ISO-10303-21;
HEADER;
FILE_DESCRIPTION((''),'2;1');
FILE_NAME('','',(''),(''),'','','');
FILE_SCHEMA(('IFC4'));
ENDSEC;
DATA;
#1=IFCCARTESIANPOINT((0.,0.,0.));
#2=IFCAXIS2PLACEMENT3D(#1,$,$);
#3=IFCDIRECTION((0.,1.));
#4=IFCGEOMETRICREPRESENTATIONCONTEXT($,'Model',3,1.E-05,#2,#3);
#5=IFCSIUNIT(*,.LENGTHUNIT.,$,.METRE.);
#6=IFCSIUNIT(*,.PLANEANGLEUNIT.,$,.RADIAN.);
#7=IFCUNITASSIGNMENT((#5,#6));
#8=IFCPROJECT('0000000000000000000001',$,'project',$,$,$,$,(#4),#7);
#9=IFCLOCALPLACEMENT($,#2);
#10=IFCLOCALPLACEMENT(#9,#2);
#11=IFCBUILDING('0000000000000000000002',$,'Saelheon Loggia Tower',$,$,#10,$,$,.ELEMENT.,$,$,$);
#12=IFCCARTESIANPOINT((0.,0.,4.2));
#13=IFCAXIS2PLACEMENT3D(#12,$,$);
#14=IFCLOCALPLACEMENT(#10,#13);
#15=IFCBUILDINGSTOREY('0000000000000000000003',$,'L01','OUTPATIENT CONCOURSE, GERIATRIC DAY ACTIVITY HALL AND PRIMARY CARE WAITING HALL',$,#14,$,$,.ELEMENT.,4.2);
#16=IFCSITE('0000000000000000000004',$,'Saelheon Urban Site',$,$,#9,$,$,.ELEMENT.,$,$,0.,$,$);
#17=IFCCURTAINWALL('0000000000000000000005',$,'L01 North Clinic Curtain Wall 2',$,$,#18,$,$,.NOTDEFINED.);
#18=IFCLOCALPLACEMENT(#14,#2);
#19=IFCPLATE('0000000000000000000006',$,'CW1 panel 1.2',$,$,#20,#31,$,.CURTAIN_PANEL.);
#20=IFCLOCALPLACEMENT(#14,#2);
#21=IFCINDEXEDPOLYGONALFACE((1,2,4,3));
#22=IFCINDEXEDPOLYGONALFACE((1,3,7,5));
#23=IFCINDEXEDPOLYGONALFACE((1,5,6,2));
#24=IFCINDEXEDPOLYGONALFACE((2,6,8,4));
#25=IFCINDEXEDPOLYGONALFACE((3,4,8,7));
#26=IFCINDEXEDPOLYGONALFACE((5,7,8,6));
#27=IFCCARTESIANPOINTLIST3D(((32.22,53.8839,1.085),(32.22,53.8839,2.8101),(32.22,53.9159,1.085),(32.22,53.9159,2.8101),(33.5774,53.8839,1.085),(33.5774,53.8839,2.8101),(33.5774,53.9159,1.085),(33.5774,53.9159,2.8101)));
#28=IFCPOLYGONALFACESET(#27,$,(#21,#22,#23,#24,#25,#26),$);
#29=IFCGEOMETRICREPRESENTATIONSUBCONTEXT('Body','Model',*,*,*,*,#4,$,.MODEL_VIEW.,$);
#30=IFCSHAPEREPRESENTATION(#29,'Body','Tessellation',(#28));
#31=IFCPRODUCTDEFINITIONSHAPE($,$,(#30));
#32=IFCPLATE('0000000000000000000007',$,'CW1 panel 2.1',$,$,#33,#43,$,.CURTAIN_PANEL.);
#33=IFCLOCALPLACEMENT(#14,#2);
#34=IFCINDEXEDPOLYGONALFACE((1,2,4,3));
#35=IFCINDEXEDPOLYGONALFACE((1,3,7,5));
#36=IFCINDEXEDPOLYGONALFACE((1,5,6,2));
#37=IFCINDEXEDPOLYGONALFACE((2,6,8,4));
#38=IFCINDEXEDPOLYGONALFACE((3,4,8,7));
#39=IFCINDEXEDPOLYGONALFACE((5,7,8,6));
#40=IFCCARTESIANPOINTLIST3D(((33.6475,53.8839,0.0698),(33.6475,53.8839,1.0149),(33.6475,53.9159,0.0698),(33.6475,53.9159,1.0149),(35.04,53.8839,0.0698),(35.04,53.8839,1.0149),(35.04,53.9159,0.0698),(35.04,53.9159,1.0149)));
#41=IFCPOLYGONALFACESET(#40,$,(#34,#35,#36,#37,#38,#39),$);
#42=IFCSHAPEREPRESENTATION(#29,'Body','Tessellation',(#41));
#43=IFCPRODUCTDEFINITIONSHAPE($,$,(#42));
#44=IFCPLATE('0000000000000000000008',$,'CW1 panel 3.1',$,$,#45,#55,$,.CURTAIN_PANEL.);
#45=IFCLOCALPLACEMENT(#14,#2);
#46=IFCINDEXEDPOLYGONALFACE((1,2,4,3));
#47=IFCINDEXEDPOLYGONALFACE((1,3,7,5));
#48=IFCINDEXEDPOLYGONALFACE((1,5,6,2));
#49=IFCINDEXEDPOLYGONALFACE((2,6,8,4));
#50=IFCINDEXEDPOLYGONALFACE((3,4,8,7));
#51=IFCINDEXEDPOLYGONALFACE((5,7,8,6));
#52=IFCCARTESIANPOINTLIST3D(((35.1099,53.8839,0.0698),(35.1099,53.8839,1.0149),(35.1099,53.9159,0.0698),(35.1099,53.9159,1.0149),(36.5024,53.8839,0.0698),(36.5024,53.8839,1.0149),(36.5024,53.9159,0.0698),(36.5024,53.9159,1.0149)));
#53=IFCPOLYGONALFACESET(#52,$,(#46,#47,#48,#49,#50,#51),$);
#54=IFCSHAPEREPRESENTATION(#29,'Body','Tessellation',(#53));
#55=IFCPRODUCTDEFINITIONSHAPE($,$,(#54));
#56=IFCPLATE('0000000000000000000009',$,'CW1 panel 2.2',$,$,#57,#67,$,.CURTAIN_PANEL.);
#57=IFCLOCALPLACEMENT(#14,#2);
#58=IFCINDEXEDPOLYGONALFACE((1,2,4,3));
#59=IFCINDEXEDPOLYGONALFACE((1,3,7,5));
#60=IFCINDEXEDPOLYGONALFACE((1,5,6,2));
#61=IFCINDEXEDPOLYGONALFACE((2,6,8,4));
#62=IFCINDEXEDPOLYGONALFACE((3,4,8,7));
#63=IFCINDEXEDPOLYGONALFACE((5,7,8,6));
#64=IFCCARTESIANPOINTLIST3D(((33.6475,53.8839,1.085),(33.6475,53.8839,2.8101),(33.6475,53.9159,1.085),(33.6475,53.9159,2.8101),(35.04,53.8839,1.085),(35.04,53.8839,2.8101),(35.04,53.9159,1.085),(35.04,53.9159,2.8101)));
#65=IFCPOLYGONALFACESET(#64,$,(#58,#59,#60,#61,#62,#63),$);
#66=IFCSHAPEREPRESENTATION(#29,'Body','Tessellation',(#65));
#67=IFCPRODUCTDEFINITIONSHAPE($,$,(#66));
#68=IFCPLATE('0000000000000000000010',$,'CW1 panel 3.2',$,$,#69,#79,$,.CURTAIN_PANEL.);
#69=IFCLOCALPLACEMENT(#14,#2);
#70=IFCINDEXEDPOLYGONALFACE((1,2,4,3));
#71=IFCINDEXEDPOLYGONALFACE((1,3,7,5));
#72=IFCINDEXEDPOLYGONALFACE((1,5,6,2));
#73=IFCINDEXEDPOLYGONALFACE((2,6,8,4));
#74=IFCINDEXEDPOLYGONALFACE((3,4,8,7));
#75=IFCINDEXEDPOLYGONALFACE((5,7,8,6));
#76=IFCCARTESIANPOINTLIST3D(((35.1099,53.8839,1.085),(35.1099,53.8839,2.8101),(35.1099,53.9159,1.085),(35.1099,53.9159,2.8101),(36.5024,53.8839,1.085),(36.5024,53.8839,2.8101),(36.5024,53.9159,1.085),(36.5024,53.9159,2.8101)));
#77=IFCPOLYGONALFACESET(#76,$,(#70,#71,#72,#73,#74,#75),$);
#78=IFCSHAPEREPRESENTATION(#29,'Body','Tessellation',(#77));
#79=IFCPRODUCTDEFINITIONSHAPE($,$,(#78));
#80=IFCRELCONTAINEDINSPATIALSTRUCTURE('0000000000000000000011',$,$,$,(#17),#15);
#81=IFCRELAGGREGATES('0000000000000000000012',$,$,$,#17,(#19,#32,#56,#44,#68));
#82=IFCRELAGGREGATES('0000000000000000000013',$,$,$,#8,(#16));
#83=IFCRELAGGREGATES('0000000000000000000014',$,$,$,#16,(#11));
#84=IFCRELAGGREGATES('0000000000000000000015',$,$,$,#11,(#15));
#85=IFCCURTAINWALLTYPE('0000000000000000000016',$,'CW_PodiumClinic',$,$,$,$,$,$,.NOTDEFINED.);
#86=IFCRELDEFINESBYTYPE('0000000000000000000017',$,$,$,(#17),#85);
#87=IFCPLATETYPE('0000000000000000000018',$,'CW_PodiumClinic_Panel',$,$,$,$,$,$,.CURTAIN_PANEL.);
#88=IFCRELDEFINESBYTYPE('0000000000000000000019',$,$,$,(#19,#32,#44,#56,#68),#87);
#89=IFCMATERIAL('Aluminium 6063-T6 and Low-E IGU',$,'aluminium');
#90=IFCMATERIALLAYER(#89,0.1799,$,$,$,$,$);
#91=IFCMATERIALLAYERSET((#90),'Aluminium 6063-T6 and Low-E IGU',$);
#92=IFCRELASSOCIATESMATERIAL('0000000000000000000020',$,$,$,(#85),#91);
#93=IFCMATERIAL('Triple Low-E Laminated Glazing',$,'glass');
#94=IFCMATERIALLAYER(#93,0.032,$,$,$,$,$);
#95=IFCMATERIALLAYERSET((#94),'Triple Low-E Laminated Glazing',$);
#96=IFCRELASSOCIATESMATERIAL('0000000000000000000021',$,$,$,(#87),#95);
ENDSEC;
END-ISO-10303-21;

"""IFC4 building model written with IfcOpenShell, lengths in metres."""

from ifc_helpers import new_model, si_unit, direction, frame, origin, origin_2d, place, context, subcontext, project, spatial, rectangle, extrude, source, transform, mapped, material, layer, layer_set, type_object, element, aggregate, save


model = new_model("IFC4")

# Units and contexts
model_context = context("Model", 3, precision=1e-05, world=origin(), true_north=direction((0.0, 1.0)))
body_context = subcontext(model_context, "Body", "Model", "MODEL_VIEW")
ifc_project = project(units=[si_unit("LENGTHUNIT", "METRE"), si_unit("PLANEANGLEUNIT", "RADIAN")], contexts=[model_context])

# Site, building, storey
site_placement = place(None, origin())
site = spatial("IfcSite", under=ifc_project, at=site_placement, Name="Saelheon Urban Site", CompositionType="ELEMENT", RefElevation=0.0)
building_placement = place(site_placement, origin())
building = spatial("IfcBuilding", under=site, at=building_placement, Name="Saelheon Loggia Tower", CompositionType="ELEMENT")
storey_placement = place(building_placement, frame((0.0, 0.0, 4.2)))
storey = spatial("IfcBuildingStorey", under=building, at=storey_placement, Name="L01", Description="OUTPATIENT CONCOURSE, GERIATRIC DAY ACTIVITY HALL AND PRIMARY CARE WAITING HALL", CompositionType="ELEMENT", Elevation=4.2)

# Curtain wall
ifc_material_1 = material(Name="Aluminium 6063-T6 and Low-E IGU", Category="aluminium")
ifc_layer_1 = layer(ifc_material_1, 0.1799)
ifc_layer_set_1 = layer_set([ifc_layer_1], Name="Aluminium 6063-T6 and Low-E IGU")
curtain_wall_type = type_object("IfcCurtainWallType", Name="CW_PodiumClinic", PredefinedType="NOTDEFINED", material=ifc_layer_set_1)
curtain_wall_1_placement = place(storey_placement, origin())
curtain_wall_1 = element("IfcCurtainWall", 1, at=curtain_wall_1_placement, inside=storey, type_object=curtain_wall_type, Name="L01 North Clinic Curtain Wall 2", PredefinedType="NOTDEFINED")

# Plates
ifc_material_2 = material(Name="Triple Low-E Laminated Glazing", Category="glass")
ifc_layer_2 = layer(ifc_material_2, 0.032)
ifc_layer_set_2 = layer_set([ifc_layer_2], Name="Triple Low-E Laminated Glazing")
plate_type = type_object("IfcPlateType", Name="CW_PodiumClinic_Panel", PredefinedType="CURTAIN_PANEL", material=ifc_layer_set_2)
shared_shape_1 = source(origin(), body_context, "Body", "SweptSolid", [
    extrude(rectangle(XDim=1.3574, YDim=0.032, at=origin_2d()), origin(), (0.0, 0.0, 1.0), 1.7251),
])
plate_1_placement = place(storey_placement, frame((32.8987, 53.8999, 1.085), z_axis=(0.0, 0.0, 1.0), x_axis=(1.0, 0.0, 0.0)))
plate_1 = element("IfcPlate", 2, at=plate_1_placement, type_object=plate_type, Name="CW1 panel 1.2", PredefinedType="CURTAIN_PANEL", context=body_context, shape_type="MappedRepresentation", body=[
    mapped(shared_shape_1, transform((0.0, 0.0, 0.0), scale=1.0)),
])
shared_shape_2 = source(origin(), body_context, "Body", "SweptSolid", [
    extrude(rectangle(XDim=1.3926, YDim=0.032, at=origin_2d()), origin(), (0.0, 0.0, 1.0), 0.9451),
])
plate_2_placement = place(storey_placement, frame((34.3438, 53.8999, 0.0698), z_axis=(0.0, 0.0, 1.0), x_axis=(1.0, 0.0, 0.0)))
plate_2 = element("IfcPlate", 3, at=plate_2_placement, type_object=plate_type, Name="CW1 panel 2.1", PredefinedType="CURTAIN_PANEL", context=body_context, shape_type="MappedRepresentation", body=[
    mapped(shared_shape_2, transform((0.0, 0.0, 0.0), scale=1.0)),
])
plate_3_placement = place(storey_placement, frame((35.8062, 53.8999, 0.0698), z_axis=(0.0, 0.0, 1.0), x_axis=(1.0, 0.0, 0.0)))
plate_3 = element("IfcPlate", 4, at=plate_3_placement, type_object=plate_type, Name="CW1 panel 3.1", PredefinedType="CURTAIN_PANEL", context=body_context, shape_type="MappedRepresentation", body=[
    mapped(shared_shape_2, transform((0.0, 0.0, 0.0), scale=1.0)),
])
shared_shape_3 = source(origin(), body_context, "Body", "SweptSolid", [
    extrude(rectangle(XDim=1.3926, YDim=0.032, at=origin_2d()), origin(), (0.0, 0.0, 1.0), 1.7251),
])
plate_4_placement = place(storey_placement, frame((34.3438, 53.8999, 1.085), z_axis=(0.0, 0.0, 1.0), x_axis=(1.0, 0.0, 0.0)))
plate_4 = element("IfcPlate", 5, at=plate_4_placement, type_object=plate_type, Name="CW1 panel 2.2", PredefinedType="CURTAIN_PANEL", context=body_context, shape_type="MappedRepresentation", body=[
    mapped(shared_shape_3, transform((0.0, 0.0, 0.0), scale=1.0)),
])
plate_5_placement = place(storey_placement, frame((35.8062, 53.8999, 1.085), z_axis=(0.0, 0.0, 1.0), x_axis=(1.0, 0.0, 0.0)))
plate_5 = element("IfcPlate", 6, at=plate_5_placement, type_object=plate_type, Name="CW1 panel 3.2", PredefinedType="CURTAIN_PANEL", context=body_context, shape_type="MappedRepresentation", body=[
    mapped(shared_shape_3, transform((0.0, 0.0, 0.0), scale=1.0)),
])
aggregate(curtain_wall_1, [plate_1, plate_2, plate_4, plate_3, plate_5])

save(model, "model.ifc")
